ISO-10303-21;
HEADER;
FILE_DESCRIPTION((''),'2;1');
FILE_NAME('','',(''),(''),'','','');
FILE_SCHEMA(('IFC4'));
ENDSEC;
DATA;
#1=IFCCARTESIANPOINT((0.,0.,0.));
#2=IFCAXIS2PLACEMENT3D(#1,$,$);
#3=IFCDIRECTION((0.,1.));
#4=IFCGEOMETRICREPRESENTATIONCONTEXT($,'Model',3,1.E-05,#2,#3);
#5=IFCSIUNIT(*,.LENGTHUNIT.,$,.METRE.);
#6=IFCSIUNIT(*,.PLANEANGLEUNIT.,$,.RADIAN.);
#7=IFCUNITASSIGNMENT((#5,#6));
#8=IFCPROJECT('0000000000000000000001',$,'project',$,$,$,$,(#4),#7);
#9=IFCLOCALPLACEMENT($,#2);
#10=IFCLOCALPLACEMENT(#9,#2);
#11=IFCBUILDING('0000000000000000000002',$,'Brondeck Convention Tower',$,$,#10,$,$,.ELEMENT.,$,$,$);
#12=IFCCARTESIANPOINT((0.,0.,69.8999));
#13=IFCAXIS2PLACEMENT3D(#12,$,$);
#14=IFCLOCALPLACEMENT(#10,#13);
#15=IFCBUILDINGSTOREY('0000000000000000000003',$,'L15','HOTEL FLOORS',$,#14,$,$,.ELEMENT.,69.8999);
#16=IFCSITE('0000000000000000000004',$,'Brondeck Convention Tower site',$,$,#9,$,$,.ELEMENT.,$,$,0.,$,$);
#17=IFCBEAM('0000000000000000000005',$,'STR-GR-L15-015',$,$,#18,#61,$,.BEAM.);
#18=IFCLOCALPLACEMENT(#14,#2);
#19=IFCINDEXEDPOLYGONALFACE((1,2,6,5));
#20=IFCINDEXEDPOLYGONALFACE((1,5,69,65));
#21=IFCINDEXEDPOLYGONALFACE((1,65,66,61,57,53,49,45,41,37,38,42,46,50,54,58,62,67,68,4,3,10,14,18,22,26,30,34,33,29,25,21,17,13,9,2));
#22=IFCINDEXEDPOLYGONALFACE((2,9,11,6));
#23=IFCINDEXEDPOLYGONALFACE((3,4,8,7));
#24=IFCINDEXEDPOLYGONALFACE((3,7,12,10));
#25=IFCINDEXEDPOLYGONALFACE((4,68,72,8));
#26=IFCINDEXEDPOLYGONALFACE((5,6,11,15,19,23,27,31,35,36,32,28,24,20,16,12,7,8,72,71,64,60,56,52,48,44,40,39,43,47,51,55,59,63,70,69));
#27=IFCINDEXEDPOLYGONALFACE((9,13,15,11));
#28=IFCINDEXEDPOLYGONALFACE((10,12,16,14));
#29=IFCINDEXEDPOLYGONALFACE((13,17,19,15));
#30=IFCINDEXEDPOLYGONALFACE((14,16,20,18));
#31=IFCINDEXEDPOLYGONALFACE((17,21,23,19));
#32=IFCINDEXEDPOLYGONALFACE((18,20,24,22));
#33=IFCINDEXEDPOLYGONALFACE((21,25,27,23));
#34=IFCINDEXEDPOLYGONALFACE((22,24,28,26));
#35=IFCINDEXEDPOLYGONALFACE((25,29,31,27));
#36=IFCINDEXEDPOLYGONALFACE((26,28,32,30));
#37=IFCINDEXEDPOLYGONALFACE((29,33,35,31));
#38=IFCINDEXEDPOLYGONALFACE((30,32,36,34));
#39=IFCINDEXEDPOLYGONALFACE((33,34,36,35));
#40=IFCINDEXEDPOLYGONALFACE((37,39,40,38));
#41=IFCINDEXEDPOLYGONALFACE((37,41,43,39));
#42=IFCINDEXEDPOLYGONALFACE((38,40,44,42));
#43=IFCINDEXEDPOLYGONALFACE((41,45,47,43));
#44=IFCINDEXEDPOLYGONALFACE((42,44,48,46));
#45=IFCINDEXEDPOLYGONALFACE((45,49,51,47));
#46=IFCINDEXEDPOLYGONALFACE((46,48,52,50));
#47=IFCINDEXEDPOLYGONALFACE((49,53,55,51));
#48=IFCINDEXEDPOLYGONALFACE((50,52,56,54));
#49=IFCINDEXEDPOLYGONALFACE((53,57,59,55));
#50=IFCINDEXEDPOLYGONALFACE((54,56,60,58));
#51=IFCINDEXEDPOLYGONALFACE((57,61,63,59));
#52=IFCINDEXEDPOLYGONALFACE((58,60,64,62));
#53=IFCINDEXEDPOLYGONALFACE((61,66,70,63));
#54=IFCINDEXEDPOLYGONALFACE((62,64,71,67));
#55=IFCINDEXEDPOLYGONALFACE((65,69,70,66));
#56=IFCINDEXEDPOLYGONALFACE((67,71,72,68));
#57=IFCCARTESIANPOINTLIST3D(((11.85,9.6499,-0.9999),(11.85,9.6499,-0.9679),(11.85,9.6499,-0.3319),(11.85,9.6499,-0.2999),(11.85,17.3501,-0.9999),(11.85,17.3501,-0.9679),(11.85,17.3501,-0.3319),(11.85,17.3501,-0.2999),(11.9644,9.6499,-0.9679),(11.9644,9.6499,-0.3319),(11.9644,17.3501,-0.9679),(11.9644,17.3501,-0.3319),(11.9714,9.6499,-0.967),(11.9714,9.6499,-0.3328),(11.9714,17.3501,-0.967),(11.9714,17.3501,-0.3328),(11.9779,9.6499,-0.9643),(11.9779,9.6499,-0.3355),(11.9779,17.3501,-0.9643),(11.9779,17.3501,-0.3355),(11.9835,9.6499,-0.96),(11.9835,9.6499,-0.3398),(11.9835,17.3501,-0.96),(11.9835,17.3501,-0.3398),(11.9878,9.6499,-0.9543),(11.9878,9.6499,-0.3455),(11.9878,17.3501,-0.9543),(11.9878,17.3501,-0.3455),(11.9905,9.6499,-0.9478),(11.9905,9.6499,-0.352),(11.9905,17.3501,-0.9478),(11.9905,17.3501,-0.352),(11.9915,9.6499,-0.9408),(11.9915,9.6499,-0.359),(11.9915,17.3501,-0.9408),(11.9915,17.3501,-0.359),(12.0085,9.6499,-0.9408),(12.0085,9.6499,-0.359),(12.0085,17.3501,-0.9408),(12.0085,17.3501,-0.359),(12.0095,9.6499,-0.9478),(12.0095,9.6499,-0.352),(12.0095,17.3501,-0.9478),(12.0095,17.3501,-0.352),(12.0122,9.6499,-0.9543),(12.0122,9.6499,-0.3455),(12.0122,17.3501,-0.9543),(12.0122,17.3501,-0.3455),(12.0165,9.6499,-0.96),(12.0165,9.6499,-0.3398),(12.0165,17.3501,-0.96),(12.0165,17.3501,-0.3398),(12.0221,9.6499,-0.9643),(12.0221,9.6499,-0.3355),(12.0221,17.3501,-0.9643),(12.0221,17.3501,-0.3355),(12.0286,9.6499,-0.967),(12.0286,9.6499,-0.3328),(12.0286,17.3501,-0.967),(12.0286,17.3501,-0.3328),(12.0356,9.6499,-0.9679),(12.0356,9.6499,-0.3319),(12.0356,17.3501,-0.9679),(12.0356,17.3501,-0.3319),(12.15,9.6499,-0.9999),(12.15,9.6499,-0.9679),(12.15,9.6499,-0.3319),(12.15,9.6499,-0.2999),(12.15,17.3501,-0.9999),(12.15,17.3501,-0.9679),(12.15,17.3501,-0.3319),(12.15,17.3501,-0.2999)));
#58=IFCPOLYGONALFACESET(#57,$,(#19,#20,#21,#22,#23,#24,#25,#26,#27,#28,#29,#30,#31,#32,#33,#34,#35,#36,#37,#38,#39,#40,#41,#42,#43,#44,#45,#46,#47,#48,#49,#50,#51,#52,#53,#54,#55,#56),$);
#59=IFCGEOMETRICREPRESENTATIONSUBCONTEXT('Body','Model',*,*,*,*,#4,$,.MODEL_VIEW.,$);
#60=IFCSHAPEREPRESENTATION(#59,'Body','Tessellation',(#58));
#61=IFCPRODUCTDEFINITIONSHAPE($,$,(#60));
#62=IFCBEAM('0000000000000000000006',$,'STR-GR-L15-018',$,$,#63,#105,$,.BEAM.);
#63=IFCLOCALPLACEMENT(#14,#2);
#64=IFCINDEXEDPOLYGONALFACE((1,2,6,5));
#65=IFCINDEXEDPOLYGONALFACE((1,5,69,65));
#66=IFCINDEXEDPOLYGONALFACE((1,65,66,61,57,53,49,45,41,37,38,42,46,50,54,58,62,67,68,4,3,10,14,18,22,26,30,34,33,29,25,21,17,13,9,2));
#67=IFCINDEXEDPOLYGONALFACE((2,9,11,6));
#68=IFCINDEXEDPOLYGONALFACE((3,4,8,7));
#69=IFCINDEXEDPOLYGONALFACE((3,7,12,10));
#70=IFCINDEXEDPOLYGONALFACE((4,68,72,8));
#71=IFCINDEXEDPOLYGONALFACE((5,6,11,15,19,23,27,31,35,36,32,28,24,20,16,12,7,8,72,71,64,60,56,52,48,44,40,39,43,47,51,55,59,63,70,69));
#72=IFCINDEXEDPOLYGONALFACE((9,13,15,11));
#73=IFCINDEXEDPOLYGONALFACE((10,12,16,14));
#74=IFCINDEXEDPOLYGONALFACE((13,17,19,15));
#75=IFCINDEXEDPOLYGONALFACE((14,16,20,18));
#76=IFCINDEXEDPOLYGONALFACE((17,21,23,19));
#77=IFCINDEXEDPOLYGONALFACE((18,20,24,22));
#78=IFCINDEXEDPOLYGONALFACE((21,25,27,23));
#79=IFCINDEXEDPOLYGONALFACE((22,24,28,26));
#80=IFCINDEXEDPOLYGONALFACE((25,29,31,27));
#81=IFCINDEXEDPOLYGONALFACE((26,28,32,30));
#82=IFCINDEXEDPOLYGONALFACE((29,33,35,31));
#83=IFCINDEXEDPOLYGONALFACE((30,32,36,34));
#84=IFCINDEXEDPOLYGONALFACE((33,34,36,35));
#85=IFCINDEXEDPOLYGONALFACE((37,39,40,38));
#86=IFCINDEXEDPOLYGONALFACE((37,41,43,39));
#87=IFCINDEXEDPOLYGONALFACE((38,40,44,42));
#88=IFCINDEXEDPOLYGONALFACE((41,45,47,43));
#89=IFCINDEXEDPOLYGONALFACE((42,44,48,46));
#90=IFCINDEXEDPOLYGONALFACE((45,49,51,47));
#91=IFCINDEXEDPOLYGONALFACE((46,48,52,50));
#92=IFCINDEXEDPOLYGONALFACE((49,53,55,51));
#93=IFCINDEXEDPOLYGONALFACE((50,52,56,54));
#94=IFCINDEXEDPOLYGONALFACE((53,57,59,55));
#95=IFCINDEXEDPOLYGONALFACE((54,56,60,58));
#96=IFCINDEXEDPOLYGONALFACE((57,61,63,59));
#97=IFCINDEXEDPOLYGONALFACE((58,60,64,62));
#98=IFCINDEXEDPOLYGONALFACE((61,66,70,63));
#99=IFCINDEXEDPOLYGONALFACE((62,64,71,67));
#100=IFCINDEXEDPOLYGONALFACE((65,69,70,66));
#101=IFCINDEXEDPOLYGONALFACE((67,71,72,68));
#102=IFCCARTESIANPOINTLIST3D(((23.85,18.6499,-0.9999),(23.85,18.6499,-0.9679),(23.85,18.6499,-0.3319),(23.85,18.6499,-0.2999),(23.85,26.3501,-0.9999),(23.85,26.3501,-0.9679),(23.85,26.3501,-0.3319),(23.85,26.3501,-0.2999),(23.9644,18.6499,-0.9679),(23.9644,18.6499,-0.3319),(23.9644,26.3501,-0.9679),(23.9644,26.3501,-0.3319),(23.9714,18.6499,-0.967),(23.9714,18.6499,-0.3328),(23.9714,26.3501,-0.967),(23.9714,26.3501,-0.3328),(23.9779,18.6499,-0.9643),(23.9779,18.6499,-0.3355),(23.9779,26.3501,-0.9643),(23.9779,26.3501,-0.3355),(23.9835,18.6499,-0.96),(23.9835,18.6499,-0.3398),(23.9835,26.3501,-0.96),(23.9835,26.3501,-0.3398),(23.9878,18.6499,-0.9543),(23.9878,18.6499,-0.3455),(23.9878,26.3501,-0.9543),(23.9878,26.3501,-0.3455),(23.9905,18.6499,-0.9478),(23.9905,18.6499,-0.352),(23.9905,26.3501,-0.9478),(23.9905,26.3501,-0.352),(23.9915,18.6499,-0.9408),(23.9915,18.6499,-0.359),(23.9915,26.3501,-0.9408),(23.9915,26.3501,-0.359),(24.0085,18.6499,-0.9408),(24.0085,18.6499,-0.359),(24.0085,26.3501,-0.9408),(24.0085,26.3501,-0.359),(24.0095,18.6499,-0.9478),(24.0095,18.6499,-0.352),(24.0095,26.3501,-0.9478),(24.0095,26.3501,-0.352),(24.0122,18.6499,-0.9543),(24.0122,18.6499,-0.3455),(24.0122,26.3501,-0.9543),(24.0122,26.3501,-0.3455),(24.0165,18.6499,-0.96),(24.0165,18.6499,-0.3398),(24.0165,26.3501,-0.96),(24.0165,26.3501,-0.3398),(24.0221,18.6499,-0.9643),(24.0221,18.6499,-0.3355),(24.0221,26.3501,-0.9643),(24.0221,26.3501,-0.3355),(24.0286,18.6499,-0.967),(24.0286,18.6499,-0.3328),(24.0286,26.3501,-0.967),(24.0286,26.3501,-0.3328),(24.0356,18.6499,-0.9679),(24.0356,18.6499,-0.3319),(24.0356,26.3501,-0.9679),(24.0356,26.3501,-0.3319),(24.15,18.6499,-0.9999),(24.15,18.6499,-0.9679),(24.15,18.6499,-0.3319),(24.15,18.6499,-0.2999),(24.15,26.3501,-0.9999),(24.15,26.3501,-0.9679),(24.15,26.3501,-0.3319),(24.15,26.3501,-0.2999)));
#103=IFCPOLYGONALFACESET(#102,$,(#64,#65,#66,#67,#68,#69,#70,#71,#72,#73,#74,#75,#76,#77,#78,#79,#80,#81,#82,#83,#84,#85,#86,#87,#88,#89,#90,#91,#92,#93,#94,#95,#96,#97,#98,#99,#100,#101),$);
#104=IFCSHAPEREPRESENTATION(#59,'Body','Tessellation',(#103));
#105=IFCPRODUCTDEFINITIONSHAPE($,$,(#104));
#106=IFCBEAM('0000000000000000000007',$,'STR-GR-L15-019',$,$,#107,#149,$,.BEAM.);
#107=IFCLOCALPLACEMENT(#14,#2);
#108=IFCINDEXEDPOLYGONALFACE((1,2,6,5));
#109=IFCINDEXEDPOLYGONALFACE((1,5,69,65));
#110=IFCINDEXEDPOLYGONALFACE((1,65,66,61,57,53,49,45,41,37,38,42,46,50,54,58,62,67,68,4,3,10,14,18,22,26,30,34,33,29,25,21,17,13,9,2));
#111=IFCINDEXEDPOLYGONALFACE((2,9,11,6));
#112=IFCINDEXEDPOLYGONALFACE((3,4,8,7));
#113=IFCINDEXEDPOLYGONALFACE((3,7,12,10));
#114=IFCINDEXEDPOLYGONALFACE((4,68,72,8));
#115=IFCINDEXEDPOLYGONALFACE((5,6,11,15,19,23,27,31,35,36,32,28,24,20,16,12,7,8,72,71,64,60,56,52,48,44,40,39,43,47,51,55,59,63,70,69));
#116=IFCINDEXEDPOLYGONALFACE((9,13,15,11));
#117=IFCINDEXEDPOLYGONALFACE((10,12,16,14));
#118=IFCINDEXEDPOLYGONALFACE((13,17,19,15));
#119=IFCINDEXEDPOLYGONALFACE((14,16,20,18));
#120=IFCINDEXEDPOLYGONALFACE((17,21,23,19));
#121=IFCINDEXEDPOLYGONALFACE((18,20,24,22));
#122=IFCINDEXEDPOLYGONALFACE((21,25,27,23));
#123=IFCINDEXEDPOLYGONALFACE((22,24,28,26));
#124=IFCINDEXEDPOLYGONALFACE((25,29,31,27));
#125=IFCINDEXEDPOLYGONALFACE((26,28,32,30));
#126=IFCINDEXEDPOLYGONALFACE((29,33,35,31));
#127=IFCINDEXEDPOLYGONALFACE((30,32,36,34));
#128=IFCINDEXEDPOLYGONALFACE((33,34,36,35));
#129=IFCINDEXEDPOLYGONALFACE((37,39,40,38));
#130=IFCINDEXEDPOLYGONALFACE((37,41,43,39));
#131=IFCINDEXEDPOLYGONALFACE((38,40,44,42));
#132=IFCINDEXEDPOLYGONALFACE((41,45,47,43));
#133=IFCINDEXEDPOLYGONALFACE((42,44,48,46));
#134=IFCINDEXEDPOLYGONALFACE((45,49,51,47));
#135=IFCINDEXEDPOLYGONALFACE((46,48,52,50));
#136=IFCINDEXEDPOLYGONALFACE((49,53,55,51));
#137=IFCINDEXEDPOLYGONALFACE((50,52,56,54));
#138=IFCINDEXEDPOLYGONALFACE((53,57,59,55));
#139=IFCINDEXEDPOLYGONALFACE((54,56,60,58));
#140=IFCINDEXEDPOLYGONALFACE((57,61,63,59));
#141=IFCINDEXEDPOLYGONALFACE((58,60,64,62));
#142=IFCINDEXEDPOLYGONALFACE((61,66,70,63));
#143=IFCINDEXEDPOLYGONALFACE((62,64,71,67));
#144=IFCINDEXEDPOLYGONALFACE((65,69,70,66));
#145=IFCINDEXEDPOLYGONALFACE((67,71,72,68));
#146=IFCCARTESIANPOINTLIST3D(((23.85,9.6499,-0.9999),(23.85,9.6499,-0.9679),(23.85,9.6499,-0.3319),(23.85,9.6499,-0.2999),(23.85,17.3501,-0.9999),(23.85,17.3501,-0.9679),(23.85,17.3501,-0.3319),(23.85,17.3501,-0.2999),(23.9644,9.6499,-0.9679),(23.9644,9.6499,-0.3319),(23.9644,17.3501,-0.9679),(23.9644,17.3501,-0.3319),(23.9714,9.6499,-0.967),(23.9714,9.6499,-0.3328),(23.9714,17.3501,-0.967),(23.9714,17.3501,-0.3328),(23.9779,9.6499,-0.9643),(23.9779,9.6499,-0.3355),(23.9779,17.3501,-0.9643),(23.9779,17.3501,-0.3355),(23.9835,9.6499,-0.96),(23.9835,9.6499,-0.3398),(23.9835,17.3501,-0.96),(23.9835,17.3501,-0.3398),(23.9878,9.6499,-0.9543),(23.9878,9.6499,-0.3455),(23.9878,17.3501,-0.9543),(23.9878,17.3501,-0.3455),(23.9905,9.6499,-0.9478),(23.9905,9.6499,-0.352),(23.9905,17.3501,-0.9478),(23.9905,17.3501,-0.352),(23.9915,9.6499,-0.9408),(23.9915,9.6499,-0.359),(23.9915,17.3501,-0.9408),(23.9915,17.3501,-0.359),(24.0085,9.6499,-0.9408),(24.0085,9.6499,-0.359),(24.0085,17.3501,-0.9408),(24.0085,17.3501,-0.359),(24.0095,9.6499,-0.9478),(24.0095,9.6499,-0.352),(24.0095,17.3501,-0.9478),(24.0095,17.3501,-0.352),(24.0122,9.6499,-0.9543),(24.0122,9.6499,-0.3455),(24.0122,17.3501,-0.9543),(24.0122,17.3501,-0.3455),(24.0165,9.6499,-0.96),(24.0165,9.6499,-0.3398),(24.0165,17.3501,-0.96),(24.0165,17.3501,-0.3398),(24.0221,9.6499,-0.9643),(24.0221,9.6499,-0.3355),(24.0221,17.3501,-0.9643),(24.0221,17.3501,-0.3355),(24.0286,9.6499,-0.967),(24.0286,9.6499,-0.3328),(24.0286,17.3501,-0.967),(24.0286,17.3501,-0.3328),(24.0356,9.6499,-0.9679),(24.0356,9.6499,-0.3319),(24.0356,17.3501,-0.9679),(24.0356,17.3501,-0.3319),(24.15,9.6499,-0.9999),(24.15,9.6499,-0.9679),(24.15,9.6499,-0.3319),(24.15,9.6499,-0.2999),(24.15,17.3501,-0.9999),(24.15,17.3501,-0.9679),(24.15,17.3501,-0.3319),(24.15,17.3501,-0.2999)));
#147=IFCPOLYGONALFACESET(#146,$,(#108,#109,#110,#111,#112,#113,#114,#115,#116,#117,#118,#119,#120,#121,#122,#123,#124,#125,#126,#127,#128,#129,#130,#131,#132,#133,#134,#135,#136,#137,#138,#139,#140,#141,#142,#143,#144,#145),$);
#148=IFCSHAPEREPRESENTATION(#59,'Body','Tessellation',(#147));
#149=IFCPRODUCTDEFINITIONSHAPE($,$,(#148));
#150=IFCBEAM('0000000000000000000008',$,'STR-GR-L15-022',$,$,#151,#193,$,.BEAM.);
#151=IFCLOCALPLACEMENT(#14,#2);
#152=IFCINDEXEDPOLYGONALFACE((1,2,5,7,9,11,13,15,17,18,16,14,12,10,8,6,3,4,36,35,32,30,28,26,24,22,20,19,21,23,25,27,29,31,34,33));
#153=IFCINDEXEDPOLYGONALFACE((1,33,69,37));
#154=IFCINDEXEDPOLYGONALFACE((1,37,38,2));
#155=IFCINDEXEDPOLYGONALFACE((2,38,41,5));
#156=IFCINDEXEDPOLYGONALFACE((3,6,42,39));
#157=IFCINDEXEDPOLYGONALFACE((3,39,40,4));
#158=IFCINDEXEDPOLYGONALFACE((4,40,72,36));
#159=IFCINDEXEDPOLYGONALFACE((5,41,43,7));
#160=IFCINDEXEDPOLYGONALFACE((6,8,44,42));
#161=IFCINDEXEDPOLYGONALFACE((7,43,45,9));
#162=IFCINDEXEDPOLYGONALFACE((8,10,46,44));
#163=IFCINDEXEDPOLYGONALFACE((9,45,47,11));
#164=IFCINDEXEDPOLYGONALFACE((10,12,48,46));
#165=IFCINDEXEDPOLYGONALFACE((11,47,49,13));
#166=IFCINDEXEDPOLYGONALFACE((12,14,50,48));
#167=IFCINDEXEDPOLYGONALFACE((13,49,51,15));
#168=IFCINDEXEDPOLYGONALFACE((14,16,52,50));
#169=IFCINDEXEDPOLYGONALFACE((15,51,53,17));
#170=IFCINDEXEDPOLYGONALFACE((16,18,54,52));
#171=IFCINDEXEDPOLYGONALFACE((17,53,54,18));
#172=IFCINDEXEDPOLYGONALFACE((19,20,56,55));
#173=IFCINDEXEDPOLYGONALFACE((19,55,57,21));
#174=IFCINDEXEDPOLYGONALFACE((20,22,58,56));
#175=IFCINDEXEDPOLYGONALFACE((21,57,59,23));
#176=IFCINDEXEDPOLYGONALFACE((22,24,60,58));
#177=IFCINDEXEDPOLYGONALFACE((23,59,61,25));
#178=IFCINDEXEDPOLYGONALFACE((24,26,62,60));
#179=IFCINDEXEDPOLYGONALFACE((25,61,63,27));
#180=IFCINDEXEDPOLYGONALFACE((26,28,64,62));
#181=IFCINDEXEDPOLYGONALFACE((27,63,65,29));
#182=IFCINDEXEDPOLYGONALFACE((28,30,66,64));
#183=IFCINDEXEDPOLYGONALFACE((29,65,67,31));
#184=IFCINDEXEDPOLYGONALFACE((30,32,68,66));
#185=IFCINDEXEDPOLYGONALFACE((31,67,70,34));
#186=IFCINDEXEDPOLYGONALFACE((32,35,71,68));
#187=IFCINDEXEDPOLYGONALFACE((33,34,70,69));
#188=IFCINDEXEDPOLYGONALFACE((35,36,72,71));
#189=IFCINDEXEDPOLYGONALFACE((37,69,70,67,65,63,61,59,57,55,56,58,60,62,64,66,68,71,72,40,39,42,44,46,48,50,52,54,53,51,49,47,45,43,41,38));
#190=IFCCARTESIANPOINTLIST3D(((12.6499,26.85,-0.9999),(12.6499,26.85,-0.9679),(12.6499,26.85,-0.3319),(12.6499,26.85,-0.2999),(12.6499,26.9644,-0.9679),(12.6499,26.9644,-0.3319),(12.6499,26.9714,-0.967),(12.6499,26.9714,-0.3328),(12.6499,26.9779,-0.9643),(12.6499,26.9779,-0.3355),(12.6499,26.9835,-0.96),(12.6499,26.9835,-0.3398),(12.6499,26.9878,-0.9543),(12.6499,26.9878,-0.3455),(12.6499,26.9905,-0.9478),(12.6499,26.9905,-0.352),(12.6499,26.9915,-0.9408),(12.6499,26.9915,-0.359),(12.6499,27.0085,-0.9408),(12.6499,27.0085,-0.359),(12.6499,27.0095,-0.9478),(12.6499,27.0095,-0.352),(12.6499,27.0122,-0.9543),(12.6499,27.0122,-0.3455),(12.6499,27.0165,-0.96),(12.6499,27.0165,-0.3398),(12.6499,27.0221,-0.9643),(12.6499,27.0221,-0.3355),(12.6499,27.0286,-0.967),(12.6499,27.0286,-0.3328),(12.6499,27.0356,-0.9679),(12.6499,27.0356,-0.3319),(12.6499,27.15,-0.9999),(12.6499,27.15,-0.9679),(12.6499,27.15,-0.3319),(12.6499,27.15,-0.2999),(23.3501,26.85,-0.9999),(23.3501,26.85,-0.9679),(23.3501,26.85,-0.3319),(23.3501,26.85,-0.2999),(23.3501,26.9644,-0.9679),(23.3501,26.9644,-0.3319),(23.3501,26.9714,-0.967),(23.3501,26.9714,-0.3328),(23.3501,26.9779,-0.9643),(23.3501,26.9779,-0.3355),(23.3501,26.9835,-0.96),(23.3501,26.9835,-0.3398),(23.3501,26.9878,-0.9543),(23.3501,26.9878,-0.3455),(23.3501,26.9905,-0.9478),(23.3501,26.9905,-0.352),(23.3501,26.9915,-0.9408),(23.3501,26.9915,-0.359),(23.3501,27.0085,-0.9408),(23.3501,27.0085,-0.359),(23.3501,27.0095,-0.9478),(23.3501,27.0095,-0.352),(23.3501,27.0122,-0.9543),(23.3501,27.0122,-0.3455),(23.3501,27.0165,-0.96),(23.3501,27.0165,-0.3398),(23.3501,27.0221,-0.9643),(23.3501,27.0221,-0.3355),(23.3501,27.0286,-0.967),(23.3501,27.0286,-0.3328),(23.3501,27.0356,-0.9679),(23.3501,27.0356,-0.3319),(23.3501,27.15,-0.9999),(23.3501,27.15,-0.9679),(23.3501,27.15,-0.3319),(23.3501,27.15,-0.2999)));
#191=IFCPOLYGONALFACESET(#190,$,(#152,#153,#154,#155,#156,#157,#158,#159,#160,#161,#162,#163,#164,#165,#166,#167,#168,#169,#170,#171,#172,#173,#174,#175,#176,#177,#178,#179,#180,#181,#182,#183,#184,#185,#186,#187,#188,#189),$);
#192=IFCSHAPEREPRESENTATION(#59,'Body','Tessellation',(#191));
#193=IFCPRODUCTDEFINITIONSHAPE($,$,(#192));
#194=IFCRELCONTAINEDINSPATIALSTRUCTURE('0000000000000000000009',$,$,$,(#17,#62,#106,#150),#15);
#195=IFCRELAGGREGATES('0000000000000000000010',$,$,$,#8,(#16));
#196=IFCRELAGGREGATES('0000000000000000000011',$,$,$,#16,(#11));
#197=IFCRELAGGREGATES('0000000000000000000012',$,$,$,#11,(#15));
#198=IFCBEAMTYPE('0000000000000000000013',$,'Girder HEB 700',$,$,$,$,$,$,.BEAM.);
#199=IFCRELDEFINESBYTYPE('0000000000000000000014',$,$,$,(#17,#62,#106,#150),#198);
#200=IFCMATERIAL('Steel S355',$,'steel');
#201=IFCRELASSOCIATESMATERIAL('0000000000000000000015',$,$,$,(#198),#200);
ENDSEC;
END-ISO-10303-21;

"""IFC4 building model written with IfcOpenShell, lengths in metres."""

from ifc_helpers import new_model, si_unit, direction, frame, origin, origin_2d, place, context, subcontext, project, spatial, i_section, extrude, material, material_profile, profile_set, type_object, element, save


model = new_model("IFC4")

# Units and contexts
model_context = context("Model", 3, precision=1e-05, world=origin(), true_north=direction((0.0, 1.0)))
body_context = subcontext(model_context, "Body", "Model", "MODEL_VIEW")
ifc_project = project(units=[si_unit("LENGTHUNIT", "METRE"), si_unit("PLANEANGLEUNIT", "RADIAN")], contexts=[model_context])

# Site, building, storey
site_placement = place(None, origin())
site = spatial("IfcSite", under=ifc_project, at=site_placement, Name="Brondeck Convention Tower site", CompositionType="ELEMENT", RefElevation=0.0)
building_placement = place(site_placement, origin())
building = spatial("IfcBuilding", under=site, at=building_placement, Name="Brondeck Convention Tower", CompositionType="ELEMENT")
storey_placement = place(building_placement, frame((0.0, 0.0, 69.8999)))
storey = spatial("IfcBuildingStorey", under=building, at=storey_placement, Name="L15", Description="HOTEL FLOORS", CompositionType="ELEMENT", Elevation=69.8999)

# Beams
ifc_material_1 = material(Name="Steel S355", Category="steel")
ifc_material_profile_1 = material_profile(ifc_material_1, i_section(OverallWidth=0.3, OverallDepth=0.7, WebThickness=0.0171, FlangeThickness=0.032, FilletRadius=0.0271, at=origin_2d()), Name="HEB 700")
ifc_profile_set_1 = profile_set([ifc_material_profile_1], Name="Steel S355")
beam_type_1 = type_object("IfcBeamType", Name="Girder HEB 700", PredefinedType="BEAM", material=ifc_profile_set_1)
for number, where, z_axis, x_axis, name in (
    (1, (12.0, 17.3501, -0.6499), (0.0, -1.0, 0.0), (1.0, 0.0, 0.0), "STR-GR-L15-015"),
    (2, (24.0, 26.3501, -0.6499), (0.0, -1.0, 0.0), (1.0, 0.0, 0.0), "STR-GR-L15-018"),
    (3, (24.0, 17.3501, -0.6499), (0.0, -1.0, 0.0), (1.0, 0.0, 0.0), "STR-GR-L15-019"),
):
    element("IfcBeam", number, at=place(storey_placement, frame(where, z_axis=z_axis, x_axis=x_axis)), inside=storey, type_object=beam_type_1, Name=name, PredefinedType="BEAM", context=body_context, shape_type="SweptSolid", body=[
        extrude(i_section(OverallWidth=0.3, OverallDepth=0.7, WebThickness=0.0171, FlangeThickness=0.032, FilletRadius=0.0271, at=origin_2d()), origin(), (0.0, 0.0, 1.0), 7.7002),
    ])
beam_1_placement = place(storey_placement, frame((12.6499, 27.0, -0.6499), z_axis=(1.0, 0.0, 0.0), x_axis=(0.0, 1.0, 0.0)))
element("IfcBeam", 4, at=beam_1_placement, inside=storey, type_object=beam_type_1, Name="STR-GR-L15-022", PredefinedType="BEAM", context=body_context, shape_type="SweptSolid", body=[
    extrude(i_section(OverallWidth=0.3, OverallDepth=0.7, WebThickness=0.0171, FlangeThickness=0.032, FilletRadius=0.0271, at=origin_2d()), origin(), (0.0, 0.0, 1.0), 10.7002),
])

save(model, "model.ifc")
